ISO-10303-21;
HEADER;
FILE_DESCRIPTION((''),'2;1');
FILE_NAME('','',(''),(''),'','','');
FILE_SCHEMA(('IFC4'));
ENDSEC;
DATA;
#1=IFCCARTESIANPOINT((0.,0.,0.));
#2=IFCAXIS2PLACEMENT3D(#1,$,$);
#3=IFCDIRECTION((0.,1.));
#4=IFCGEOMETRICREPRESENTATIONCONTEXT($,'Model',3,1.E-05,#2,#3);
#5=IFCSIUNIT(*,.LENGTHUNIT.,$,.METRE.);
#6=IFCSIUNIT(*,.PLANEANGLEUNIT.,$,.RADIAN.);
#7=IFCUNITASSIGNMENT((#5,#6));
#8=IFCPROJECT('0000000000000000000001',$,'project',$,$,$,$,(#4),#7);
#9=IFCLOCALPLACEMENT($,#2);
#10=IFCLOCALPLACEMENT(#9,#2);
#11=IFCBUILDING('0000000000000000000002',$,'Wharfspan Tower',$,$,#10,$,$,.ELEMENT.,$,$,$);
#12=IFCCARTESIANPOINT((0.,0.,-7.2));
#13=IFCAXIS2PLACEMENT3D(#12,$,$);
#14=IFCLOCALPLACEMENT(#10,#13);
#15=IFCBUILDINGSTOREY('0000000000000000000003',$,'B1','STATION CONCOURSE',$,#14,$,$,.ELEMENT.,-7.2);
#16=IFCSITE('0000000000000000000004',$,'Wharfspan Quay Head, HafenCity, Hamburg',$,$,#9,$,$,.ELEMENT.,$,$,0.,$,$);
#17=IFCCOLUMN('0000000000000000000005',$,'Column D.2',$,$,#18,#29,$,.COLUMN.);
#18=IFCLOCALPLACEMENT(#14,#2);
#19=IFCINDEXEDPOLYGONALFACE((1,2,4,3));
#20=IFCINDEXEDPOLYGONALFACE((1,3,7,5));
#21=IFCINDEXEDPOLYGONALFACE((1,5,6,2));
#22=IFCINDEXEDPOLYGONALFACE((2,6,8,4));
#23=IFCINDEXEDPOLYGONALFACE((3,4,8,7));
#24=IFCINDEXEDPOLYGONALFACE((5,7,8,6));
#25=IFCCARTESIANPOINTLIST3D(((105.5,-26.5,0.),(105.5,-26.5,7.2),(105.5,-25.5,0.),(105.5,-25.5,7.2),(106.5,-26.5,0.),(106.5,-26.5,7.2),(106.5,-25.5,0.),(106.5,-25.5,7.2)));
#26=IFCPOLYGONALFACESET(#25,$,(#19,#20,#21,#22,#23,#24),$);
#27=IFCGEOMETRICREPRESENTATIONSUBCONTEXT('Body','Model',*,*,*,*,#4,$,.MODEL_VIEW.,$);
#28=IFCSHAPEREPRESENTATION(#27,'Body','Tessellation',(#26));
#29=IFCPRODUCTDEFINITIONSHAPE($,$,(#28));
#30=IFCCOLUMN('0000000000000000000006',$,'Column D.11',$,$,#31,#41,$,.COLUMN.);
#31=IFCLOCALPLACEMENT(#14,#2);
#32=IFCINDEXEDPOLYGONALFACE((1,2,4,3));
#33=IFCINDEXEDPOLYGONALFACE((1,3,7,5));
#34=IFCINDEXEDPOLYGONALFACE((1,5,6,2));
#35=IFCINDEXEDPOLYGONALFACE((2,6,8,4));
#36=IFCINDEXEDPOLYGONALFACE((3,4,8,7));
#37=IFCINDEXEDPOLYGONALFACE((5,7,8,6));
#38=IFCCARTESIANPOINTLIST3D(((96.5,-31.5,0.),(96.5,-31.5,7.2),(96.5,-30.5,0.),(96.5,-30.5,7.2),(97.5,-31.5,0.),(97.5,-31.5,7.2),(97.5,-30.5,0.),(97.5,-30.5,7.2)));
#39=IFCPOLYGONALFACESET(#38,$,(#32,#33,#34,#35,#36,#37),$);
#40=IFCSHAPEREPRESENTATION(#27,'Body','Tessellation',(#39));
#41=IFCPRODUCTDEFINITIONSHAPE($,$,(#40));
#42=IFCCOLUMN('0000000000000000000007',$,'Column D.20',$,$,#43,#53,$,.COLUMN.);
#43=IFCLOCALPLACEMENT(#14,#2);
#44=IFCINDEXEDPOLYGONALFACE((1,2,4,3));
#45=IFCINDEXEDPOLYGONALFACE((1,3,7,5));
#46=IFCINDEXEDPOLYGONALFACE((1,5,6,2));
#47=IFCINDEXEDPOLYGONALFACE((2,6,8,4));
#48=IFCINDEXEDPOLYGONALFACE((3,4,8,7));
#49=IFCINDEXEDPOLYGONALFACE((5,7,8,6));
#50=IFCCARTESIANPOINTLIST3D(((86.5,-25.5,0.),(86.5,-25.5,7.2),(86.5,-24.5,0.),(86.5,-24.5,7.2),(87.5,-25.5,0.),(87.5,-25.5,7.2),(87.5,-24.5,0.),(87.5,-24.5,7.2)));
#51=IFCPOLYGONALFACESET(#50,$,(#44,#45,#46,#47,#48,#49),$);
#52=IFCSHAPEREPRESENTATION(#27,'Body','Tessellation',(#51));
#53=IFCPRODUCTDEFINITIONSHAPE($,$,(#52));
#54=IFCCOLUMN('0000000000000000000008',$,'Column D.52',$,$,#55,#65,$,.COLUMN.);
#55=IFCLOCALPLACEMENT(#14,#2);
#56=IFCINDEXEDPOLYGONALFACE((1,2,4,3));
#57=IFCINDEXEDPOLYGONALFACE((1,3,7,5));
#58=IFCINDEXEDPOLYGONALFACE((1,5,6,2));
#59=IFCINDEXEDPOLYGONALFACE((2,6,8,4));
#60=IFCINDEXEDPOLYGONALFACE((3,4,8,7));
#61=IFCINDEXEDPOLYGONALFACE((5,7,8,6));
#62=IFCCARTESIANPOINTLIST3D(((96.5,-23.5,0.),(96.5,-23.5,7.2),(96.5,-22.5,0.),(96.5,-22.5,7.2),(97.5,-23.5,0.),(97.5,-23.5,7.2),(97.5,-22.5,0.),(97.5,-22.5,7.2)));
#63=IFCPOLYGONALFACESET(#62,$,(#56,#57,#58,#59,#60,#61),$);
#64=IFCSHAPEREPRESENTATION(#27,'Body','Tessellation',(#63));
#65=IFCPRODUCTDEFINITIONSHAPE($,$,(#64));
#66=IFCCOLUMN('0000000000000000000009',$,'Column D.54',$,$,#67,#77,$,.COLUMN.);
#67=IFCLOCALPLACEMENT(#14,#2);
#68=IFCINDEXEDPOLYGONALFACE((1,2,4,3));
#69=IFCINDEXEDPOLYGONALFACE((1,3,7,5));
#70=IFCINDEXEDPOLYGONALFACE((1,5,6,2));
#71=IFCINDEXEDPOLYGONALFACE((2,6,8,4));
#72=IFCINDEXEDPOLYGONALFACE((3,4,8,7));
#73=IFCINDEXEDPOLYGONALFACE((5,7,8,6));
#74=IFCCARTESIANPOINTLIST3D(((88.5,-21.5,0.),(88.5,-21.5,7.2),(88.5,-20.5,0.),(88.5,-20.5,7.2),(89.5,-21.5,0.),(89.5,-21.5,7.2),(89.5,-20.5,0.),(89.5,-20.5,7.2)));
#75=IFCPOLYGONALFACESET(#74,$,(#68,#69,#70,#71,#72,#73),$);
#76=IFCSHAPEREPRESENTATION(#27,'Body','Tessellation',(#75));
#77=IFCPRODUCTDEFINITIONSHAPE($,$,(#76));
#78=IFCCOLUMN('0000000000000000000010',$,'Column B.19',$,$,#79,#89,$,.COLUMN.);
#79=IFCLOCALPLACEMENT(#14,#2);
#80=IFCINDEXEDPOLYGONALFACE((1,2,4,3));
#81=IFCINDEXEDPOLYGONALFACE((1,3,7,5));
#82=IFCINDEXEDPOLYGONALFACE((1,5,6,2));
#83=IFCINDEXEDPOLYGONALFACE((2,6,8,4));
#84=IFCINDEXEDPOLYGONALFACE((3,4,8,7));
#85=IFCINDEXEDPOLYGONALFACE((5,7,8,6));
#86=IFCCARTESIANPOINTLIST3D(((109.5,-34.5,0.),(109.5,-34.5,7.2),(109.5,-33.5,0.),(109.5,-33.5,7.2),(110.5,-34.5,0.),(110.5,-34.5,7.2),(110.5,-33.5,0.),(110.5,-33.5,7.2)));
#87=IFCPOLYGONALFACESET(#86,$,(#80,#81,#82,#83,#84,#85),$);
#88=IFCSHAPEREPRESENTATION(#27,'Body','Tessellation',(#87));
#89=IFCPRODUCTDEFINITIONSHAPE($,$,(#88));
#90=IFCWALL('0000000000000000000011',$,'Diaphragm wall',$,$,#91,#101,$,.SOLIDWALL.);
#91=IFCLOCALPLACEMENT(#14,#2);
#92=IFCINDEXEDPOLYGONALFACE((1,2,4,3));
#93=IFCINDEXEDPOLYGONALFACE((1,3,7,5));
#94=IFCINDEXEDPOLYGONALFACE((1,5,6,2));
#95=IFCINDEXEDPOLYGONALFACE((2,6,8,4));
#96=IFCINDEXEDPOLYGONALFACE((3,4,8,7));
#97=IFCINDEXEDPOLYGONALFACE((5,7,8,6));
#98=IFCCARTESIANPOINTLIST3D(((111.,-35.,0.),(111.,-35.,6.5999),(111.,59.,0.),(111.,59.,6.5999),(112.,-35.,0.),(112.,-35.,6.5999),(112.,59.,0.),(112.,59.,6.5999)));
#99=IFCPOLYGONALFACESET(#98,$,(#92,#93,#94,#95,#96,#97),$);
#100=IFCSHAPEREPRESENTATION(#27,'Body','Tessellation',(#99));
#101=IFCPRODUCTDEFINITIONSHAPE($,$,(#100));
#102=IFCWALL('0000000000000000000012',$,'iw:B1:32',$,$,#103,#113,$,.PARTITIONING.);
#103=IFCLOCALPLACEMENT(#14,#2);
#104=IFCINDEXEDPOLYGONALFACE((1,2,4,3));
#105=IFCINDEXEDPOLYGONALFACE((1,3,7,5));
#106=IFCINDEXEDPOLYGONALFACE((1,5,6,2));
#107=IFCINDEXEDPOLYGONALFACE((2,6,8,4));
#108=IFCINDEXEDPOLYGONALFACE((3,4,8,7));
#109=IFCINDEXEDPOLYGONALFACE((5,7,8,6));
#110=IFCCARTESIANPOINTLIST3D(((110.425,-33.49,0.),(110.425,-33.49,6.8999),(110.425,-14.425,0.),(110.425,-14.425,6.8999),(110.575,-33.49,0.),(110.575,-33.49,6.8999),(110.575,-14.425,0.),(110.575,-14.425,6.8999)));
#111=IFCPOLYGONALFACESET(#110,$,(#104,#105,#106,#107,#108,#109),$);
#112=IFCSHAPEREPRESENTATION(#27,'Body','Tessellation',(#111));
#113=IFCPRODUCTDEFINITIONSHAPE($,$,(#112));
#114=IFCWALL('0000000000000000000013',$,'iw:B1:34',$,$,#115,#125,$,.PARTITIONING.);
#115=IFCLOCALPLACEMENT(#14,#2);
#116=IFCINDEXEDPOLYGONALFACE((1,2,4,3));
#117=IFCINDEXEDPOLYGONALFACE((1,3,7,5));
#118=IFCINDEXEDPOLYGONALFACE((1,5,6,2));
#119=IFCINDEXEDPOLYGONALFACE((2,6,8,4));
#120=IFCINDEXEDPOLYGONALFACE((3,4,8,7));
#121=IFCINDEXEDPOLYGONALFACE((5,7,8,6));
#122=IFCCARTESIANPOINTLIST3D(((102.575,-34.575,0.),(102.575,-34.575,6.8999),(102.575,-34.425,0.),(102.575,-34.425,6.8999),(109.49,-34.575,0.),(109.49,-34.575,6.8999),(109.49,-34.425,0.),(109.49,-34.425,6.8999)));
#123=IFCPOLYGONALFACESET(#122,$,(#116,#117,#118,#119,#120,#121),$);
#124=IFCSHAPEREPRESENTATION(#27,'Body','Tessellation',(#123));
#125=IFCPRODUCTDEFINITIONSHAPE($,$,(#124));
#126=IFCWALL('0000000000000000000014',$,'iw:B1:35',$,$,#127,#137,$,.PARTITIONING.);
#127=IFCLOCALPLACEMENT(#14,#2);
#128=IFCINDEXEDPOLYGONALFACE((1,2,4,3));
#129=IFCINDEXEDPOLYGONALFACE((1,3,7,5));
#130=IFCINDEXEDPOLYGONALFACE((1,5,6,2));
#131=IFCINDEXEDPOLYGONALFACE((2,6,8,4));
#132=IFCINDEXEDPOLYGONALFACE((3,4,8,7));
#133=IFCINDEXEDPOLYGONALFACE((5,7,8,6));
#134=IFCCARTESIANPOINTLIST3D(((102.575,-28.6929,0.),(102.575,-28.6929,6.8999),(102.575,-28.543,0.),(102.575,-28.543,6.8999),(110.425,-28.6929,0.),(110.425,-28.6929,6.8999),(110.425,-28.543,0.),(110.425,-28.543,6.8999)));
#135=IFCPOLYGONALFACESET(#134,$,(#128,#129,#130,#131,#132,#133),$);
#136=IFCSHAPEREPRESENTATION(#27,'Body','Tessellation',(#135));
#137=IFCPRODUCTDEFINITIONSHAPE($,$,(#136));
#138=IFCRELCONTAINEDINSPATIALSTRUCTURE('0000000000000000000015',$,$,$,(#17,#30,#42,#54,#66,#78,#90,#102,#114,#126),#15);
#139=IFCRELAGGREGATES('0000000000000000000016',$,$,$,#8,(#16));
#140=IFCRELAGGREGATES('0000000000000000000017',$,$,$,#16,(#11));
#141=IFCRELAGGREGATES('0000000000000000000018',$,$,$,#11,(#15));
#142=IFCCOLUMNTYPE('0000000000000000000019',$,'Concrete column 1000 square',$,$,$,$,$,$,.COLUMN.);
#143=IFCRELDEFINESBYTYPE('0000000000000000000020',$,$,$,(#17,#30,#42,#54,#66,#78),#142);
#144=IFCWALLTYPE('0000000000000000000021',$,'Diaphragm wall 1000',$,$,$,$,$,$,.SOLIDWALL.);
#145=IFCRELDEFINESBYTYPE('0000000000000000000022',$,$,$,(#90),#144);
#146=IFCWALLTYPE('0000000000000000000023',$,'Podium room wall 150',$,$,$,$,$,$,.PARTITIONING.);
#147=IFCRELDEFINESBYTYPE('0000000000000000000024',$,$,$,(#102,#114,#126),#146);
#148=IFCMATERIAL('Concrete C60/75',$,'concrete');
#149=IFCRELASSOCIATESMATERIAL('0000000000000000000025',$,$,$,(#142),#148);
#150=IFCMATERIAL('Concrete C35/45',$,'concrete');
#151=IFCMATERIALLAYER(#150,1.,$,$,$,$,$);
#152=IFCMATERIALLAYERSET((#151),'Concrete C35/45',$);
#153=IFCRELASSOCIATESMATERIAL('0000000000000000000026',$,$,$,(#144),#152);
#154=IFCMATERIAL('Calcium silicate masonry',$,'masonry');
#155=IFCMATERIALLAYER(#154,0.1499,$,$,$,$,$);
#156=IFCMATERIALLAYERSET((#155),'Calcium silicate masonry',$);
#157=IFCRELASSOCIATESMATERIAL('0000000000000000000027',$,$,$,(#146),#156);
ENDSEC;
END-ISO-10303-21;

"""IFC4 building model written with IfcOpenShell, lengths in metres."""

from ifc_helpers import new_model, si_unit, direction, frame, frame_2d, origin, origin_2d, place, context, subcontext, project, spatial, rectangle, extrude, material, layer, layer_set, material_profile, profile_set, type_object, element, save


model = new_model("IFC4")

# Units and contexts
model_context = context("Model", 3, precision=1e-05, world=origin(), true_north=direction((0.0, 1.0)))
body_context = subcontext(model_context, "Body", "Model", "MODEL_VIEW")
ifc_project = project(units=[si_unit("LENGTHUNIT", "METRE"), si_unit("PLANEANGLEUNIT", "RADIAN")], contexts=[model_context])

# Site, building, storey
site_placement = place(None, origin())
site = spatial("IfcSite", under=ifc_project, at=site_placement, Name="Wharfspan Quay Head, HafenCity, Hamburg", CompositionType="ELEMENT", RefElevation=0.0)
building_placement = place(site_placement, origin())
building = spatial("IfcBuilding", under=site, at=building_placement, Name="Wharfspan Tower", CompositionType="ELEMENT")
storey_placement = place(building_placement, frame((0.0, 0.0, -7.2)))
storey = spatial("IfcBuildingStorey", under=building, at=storey_placement, Name="B1", Description="STATION CONCOURSE", CompositionType="ELEMENT", Elevation=-7.2)

# Columns
ifc_material_1 = material(Name="Concrete C60/75", Category="concrete")
ifc_material_profile = material_profile(ifc_material_1, rectangle(XDim=1.0, YDim=1.0, at=origin_2d()))
ifc_profile_set = profile_set([ifc_material_profile], Name="Concrete C60/75")
column_type = type_object("IfcColumnType", Name="Concrete column 1000 square", PredefinedType="COLUMN", material=ifc_profile_set)
for number, where, z_axis, x_axis, name in (
    (1, (106.0, -26.0, 0.0), (0.0, 0.0, 1.0), (1.0, 0.0, 0.0), "Column D.2"),
    (2, (97.0, -31.0, 0.0), (0.0, 0.0, 1.0), (1.0, 0.0, 0.0), "Column D.11"),
    (3, (87.0, -25.0, 0.0), (0.0, 0.0, 1.0), (1.0, 0.0, 0.0), "Column D.20"),
    (4, (97.0, -23.0, 0.0), (0.0, 0.0, 1.0), (1.0, 0.0, 0.0), "Column D.52"),
    (5, (89.0, -21.0, 0.0), (0.0, 0.0, 1.0), (1.0, 0.0, 0.0), "Column D.54"),
    (6, (110.0, -34.0, 0.0), (0.0, 0.0, 1.0), (1.0, 0.0, 0.0), "Column B.19"),
):
    element("IfcColumn", number, at=place(storey_placement, frame(where, z_axis=z_axis, x_axis=x_axis)), inside=storey, type_object=column_type, Name=name, PredefinedType="COLUMN", context=body_context, shape_type="SweptSolid", body=[
        extrude(rectangle(XDim=1.0, YDim=1.0, at=origin_2d()), origin(), (0.0, 0.0, 1.0), 7.2),
    ])

# Walls
ifc_material_2 = material(Name="Concrete C35/45", Category="concrete")
ifc_layer_1 = layer(ifc_material_2, 1.0)
ifc_layer_set_1 = layer_set([ifc_layer_1], Name="Concrete C35/45")
wall_type_1 = type_object("IfcWallType", Name="Diaphragm wall 1000", PredefinedType="SOLIDWALL", material=ifc_layer_set_1)
wall_1_placement = place(storey_placement, frame((111.5, -35.0, 0.0), z_axis=(0.0, 0.0, 1.0), x_axis=(0.0, 1.0, 0.0)))
element("IfcWall", 7, at=wall_1_placement, inside=storey, type_object=wall_type_1, Name="Diaphragm wall", PredefinedType="SOLIDWALL", context=body_context, shape_type="SweptSolid", body=[
    extrude(rectangle(XDim=94.0, YDim=1.0, at=frame_2d((47.0, 0.0))), origin(), (0.0, 0.0, 1.0), 6.5999),
])
ifc_material_3 = material(Name="Calcium silicate masonry", Category="masonry")
ifc_layer_2 = layer(ifc_material_3, 0.1499)
ifc_layer_set_2 = layer_set([ifc_layer_2], Name="Calcium silicate masonry")
wall_type_2 = type_object("IfcWallType", Name="Podium room wall 150", PredefinedType="PARTITIONING", material=ifc_layer_set_2)
wall_2_placement = place(storey_placement, frame((110.5, -33.49, 0.0), z_axis=(0.0, 0.0, 1.0), x_axis=(0.0, 1.0, 0.0)))
element("IfcWall", 8, at=wall_2_placement, inside=storey, type_object=wall_type_2, Name="iw:B1:32", PredefinedType="PARTITIONING", context=body_context, shape_type="SweptSolid", body=[
    extrude(rectangle(XDim=19.0649, YDim=0.1499, at=frame_2d((9.5325, 0.0))), origin(), (0.0, 0.0, 1.0), 6.8999),
])
wall_3_placement = place(storey_placement, frame((102.575, -34.5, 0.0), z_axis=(0.0, 0.0, 1.0), x_axis=(1.0, 0.0, 0.0)))
element("IfcWall", 9, at=wall_3_placement, inside=storey, type_object=wall_type_2, Name="iw:B1:34", PredefinedType="PARTITIONING", context=body_context, shape_type="SweptSolid", body=[
    extrude(rectangle(XDim=6.915, YDim=0.1499, at=frame_2d((3.4575, 0.0))), origin(), (0.0, 0.0, 1.0), 6.8999),
])
wall_4_placement = place(storey_placement, frame((102.575, -28.6179, 0.0), z_axis=(0.0, 0.0, 1.0), x_axis=(1.0, 0.0, 0.0)))
element("IfcWall", 10, at=wall_4_placement, inside=storey, type_object=wall_type_2, Name="iw:B1:35", PredefinedType="PARTITIONING", context=body_context, shape_type="SweptSolid", body=[
    extrude(rectangle(XDim=7.8501, YDim=0.1499, at=frame_2d((3.925, 0.0))), origin(), (0.0, 0.0, 1.0), 6.8999),
])

save(model, "model.ifc")
